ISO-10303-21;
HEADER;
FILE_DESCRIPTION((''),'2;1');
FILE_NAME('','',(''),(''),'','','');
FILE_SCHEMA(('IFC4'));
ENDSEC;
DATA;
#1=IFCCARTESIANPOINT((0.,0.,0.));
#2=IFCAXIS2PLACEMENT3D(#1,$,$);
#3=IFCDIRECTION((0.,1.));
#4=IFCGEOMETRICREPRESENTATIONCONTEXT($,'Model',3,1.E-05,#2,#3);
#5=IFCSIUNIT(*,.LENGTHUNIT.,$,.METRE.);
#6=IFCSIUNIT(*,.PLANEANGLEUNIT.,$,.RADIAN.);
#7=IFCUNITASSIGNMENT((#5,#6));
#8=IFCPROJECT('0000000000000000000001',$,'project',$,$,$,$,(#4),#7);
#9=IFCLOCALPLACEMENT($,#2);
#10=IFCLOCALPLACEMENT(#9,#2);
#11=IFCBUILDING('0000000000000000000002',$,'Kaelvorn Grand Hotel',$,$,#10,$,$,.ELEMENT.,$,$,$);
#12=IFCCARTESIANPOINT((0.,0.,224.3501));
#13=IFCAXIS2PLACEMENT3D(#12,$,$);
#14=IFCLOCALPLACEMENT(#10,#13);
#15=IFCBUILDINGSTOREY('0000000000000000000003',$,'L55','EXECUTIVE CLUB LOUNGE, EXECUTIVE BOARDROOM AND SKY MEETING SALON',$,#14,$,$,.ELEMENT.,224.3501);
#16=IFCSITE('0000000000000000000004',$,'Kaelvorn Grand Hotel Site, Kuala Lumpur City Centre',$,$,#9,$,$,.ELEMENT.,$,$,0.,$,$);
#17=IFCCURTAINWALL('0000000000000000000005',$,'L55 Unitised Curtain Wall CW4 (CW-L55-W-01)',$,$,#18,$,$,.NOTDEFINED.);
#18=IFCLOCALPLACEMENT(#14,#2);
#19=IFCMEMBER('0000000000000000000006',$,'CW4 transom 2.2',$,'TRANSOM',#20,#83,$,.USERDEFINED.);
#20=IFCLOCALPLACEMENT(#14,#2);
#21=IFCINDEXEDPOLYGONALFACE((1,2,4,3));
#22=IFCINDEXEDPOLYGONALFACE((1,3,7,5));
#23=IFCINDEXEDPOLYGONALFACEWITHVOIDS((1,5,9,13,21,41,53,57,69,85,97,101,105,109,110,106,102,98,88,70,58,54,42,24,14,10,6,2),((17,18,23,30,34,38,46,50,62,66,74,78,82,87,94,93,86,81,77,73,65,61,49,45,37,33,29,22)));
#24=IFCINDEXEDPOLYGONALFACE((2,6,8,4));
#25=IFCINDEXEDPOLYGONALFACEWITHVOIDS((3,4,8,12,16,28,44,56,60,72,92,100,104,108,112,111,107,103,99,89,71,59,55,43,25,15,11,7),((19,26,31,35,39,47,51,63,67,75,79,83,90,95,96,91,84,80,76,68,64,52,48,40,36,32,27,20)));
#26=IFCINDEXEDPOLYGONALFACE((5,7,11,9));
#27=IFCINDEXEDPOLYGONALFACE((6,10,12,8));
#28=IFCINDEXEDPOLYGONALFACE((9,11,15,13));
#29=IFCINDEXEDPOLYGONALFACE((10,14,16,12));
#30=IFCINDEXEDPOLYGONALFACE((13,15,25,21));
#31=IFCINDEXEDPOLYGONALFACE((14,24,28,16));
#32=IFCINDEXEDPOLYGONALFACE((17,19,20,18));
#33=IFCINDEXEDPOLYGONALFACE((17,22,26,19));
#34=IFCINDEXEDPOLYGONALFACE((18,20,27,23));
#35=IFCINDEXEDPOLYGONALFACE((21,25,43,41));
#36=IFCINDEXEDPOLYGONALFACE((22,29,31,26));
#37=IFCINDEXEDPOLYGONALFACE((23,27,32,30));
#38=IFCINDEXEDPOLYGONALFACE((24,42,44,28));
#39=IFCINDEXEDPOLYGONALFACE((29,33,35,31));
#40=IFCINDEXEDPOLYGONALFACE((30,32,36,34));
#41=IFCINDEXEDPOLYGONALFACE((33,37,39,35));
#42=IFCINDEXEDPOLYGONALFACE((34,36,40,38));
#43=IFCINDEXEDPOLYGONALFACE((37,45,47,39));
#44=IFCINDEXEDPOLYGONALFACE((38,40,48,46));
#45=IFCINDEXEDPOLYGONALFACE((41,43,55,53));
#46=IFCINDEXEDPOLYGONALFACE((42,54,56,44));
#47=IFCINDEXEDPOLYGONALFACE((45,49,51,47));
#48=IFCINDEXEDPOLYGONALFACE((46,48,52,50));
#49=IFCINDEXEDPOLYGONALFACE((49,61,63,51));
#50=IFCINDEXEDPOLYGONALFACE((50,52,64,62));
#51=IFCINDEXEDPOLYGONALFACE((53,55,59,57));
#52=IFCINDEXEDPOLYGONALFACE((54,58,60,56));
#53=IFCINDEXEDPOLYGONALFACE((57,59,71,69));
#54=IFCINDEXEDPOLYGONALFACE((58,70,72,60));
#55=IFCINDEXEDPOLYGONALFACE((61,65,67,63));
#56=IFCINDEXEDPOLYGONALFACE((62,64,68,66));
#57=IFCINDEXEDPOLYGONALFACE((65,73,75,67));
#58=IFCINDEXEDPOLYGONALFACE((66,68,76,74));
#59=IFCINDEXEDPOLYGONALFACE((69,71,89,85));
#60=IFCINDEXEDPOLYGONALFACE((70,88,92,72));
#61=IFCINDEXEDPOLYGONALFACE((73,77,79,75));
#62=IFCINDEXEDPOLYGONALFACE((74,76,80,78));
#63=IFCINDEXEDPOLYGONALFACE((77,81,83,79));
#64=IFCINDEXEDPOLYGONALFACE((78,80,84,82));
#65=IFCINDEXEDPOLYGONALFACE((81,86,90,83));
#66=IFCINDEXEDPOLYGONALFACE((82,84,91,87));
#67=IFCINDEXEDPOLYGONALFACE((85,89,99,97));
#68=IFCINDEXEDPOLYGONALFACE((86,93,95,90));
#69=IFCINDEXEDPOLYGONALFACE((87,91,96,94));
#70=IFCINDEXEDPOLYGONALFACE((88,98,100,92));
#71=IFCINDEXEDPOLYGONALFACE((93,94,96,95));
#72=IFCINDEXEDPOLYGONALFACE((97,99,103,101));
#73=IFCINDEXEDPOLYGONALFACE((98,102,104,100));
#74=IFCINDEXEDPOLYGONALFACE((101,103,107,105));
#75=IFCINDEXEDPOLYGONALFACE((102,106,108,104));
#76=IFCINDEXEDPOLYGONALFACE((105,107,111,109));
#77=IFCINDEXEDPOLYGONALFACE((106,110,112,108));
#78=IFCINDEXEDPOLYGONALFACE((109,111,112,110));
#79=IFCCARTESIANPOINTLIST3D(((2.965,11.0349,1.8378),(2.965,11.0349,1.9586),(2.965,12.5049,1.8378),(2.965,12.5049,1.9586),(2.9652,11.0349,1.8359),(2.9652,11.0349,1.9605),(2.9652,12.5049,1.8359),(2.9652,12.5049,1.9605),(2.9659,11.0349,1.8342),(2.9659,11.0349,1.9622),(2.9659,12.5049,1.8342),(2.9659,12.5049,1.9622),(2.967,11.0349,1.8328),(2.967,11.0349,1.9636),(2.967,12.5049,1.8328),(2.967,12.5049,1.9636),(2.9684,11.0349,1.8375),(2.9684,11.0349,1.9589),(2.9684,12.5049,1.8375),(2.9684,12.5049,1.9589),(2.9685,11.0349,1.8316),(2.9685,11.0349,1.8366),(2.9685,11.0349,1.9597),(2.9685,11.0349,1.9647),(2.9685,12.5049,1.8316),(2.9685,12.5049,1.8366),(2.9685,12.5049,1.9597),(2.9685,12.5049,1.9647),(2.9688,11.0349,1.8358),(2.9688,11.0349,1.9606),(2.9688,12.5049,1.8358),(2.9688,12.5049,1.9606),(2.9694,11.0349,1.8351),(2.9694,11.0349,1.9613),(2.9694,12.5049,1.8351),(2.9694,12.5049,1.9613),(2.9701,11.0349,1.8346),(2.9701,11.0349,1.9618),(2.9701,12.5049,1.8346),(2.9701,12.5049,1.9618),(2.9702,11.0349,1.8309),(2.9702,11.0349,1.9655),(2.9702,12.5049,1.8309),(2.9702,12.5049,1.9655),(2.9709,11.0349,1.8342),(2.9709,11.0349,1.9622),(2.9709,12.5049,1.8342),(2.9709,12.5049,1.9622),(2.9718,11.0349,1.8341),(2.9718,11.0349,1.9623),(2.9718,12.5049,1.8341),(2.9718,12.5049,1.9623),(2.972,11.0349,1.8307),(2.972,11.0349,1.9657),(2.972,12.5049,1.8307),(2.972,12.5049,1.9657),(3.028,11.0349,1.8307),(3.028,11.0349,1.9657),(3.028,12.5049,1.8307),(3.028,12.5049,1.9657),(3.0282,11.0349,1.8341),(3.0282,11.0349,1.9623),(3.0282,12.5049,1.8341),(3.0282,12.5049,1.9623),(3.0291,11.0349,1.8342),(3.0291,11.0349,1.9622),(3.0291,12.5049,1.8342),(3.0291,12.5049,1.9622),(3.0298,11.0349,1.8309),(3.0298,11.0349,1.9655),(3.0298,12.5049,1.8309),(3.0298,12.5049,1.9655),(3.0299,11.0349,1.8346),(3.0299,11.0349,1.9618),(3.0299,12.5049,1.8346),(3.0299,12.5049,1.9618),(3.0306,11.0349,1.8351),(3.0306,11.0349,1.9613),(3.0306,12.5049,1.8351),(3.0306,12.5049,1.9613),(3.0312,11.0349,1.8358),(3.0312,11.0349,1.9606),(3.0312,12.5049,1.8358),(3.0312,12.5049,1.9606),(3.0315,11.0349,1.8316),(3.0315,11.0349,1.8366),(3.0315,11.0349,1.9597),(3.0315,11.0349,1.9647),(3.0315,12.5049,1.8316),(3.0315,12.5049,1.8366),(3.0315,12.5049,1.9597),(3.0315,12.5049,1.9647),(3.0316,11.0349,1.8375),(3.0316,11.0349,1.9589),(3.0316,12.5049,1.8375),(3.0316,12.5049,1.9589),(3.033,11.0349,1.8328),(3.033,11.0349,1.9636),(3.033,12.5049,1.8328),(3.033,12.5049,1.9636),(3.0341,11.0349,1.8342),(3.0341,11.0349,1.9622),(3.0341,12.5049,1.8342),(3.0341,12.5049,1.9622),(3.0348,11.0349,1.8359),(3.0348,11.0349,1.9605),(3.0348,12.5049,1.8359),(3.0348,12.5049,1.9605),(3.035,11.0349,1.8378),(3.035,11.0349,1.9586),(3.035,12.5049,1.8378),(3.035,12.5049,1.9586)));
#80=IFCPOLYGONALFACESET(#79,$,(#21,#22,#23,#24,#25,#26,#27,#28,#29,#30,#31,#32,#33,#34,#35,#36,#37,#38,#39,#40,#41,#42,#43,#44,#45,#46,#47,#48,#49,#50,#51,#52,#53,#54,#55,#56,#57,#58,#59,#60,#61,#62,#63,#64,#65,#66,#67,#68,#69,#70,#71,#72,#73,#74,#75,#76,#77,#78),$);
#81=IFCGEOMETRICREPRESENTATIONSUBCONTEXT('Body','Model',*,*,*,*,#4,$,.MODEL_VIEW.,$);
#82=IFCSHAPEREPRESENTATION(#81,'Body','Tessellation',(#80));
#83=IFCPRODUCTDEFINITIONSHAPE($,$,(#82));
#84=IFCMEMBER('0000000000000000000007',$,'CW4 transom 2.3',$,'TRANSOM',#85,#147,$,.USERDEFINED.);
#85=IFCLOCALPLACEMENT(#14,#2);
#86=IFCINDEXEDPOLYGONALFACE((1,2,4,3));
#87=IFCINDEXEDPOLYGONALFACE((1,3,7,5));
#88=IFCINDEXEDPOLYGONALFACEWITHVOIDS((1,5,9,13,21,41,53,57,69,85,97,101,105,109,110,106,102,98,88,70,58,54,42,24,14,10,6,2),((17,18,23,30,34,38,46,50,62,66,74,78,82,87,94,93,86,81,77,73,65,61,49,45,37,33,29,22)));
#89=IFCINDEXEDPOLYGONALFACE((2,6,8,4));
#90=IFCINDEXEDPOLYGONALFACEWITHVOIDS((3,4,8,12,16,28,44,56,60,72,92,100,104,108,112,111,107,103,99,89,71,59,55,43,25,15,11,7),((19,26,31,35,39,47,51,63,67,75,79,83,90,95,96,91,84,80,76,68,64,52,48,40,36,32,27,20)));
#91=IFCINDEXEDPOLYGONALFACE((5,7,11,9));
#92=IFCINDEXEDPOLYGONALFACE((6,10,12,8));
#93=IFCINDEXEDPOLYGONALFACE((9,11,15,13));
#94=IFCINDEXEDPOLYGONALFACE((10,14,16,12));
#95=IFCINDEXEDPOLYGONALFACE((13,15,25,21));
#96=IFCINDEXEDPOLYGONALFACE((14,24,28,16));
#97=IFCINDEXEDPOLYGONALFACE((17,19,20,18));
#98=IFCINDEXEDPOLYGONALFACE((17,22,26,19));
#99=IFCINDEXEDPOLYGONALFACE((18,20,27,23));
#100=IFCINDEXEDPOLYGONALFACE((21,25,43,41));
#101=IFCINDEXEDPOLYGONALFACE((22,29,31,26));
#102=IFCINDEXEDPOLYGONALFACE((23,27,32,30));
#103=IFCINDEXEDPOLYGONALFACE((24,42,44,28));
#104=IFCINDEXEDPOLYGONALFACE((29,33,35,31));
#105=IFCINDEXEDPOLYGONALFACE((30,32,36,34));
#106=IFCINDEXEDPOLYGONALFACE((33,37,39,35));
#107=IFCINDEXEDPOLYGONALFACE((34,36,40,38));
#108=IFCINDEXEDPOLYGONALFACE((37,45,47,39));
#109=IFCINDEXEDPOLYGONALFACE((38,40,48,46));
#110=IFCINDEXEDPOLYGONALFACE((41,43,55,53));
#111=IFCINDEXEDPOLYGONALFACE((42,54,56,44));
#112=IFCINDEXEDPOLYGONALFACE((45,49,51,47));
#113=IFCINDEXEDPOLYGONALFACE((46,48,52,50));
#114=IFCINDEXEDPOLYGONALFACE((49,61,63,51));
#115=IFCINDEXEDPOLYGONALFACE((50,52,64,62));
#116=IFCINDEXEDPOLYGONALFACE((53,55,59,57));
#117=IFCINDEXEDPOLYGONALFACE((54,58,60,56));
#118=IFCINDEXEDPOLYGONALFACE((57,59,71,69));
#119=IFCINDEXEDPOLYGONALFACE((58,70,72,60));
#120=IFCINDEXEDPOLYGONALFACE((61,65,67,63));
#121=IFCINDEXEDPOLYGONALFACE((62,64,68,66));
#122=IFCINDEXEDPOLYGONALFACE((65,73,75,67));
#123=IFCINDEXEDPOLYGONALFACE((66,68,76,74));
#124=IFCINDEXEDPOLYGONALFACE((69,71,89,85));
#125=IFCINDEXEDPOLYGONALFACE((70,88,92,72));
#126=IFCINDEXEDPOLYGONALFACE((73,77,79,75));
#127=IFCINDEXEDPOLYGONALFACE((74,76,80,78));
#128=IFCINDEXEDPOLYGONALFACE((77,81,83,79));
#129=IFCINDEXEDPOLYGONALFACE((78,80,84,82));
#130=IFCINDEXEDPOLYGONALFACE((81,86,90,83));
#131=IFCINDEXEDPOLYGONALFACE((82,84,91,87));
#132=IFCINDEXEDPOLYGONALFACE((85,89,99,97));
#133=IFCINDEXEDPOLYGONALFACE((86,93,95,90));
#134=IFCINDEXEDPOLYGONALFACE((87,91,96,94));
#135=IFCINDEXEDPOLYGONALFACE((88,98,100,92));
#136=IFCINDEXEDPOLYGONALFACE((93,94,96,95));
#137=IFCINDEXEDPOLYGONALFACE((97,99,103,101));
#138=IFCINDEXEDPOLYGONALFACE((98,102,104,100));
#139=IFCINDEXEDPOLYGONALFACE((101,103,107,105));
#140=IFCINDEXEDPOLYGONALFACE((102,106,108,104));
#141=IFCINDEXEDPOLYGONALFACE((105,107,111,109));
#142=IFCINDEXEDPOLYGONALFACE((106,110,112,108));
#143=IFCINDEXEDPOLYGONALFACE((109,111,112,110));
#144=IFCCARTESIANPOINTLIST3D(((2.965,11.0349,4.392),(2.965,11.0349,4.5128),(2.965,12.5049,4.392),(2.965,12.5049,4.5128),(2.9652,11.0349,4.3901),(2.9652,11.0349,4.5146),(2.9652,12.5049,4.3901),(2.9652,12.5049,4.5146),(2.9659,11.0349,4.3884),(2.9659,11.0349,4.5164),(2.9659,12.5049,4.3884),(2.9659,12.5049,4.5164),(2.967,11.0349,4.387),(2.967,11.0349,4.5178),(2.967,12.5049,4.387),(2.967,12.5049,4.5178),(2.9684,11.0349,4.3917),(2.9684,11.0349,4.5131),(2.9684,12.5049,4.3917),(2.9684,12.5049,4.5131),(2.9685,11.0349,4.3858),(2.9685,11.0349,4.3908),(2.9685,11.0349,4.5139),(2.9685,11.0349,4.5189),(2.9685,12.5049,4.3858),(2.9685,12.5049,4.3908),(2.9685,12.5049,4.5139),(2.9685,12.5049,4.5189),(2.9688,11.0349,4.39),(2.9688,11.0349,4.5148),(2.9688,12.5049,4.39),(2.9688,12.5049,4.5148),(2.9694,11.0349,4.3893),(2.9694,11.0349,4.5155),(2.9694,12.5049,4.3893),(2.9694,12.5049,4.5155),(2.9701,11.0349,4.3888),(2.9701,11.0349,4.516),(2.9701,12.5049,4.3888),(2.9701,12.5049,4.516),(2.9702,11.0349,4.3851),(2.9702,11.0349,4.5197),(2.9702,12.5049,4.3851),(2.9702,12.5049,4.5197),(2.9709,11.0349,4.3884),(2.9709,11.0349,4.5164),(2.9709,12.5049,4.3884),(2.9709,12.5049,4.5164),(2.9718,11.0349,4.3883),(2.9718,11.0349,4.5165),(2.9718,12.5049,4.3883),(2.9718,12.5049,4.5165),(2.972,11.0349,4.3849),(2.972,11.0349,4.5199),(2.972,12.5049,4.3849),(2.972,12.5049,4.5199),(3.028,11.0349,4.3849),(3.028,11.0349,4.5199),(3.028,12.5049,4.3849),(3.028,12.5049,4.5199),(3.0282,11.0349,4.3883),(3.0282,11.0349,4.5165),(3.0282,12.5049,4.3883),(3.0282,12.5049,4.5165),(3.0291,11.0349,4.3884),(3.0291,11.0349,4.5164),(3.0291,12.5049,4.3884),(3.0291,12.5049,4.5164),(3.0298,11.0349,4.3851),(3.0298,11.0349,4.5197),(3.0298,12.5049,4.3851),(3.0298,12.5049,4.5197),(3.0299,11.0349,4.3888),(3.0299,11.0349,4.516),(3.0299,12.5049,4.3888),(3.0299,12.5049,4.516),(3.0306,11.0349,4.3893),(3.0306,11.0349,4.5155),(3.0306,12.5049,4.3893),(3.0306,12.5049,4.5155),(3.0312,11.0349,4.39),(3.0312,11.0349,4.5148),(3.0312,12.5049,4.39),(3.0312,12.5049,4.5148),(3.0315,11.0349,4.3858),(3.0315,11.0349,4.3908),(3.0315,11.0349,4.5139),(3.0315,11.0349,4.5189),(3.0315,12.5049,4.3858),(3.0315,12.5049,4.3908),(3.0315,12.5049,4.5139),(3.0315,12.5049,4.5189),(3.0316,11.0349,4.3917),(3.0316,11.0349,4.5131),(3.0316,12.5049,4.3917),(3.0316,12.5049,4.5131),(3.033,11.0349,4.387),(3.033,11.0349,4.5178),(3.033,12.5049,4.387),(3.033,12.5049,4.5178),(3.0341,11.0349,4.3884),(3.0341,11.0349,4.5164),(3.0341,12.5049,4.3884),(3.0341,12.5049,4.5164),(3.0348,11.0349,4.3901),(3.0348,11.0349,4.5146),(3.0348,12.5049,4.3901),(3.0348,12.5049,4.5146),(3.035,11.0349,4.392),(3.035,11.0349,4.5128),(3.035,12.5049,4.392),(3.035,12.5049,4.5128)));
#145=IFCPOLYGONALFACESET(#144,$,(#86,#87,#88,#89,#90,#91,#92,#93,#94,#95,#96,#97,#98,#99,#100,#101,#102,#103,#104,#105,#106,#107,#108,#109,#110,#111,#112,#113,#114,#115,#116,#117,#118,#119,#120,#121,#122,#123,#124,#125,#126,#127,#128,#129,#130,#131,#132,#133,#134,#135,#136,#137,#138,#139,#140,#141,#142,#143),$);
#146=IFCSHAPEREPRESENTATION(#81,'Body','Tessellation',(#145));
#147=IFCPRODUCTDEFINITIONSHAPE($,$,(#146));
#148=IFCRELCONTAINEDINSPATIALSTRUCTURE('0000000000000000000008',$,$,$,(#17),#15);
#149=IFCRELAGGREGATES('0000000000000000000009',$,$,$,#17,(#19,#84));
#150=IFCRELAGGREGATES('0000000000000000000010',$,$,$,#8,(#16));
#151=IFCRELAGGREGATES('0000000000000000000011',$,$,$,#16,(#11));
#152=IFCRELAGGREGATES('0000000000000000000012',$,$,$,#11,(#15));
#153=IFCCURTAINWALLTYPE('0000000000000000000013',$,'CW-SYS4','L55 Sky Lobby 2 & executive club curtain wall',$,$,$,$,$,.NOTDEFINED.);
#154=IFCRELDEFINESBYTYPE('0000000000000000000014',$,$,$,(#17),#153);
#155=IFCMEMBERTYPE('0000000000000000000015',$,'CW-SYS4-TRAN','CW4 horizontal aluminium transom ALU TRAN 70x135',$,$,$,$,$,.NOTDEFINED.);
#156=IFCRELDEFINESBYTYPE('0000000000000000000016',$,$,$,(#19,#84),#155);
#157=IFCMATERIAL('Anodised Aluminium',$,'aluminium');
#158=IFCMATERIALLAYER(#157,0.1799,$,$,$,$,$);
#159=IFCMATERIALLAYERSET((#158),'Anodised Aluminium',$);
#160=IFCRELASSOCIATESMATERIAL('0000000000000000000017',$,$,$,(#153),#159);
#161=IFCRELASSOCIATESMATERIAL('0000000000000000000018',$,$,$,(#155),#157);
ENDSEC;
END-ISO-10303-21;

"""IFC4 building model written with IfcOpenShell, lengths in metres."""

from ifc_helpers import new_model, si_unit, direction, frame, origin, origin_2d, place, context, subcontext, project, spatial, hollow_rectangle, extrude, material, layer, layer_set, material_profile, profile_set, type_object, element, aggregate, save


model = new_model("IFC4")

# Units and contexts
model_context = context("Model", 3, precision=1e-05, world=origin(), true_north=direction((0.0, 1.0)))
body_context = subcontext(model_context, "Body", "Model", "MODEL_VIEW")
ifc_project = project(units=[si_unit("LENGTHUNIT", "METRE"), si_unit("PLANEANGLEUNIT", "RADIAN")], contexts=[model_context])

# Site, building, storey
site_placement = place(None, origin())
site = spatial("IfcSite", under=ifc_project, at=site_placement, Name="Kaelvorn Grand Hotel Site, Kuala Lumpur City Centre", CompositionType="ELEMENT", RefElevation=0.0)
building_placement = place(site_placement, origin())
building = spatial("IfcBuilding", under=site, at=building_placement, Name="Kaelvorn Grand Hotel", CompositionType="ELEMENT")
storey_placement = place(building_placement, frame((0.0, 0.0, 224.3501)))
storey = spatial("IfcBuildingStorey", under=building, at=storey_placement, Name="L55", Description="EXECUTIVE CLUB LOUNGE, EXECUTIVE BOARDROOM AND SKY MEETING SALON", CompositionType="ELEMENT", Elevation=224.3501)

# Curtain wall, members
ifc_material_1 = material(Name="Anodised Aluminium", Category="aluminium")
ifc_layer_1 = layer(ifc_material_1, 0.1799)
ifc_layer_set_1 = layer_set([ifc_layer_1], Name="Anodised Aluminium")
curtain_wall_type = type_object("IfcCurtainWallType", Name="CW-SYS4", Description="L55 Sky Lobby 2 & executive club curtain wall", PredefinedType="NOTDEFINED", material=ifc_layer_set_1)
curtain_wall_placement = place(storey_placement, origin())
curtain_wall = element("IfcCurtainWall", 1, at=curtain_wall_placement, inside=storey, type_object=curtain_wall_type, Name="L55 Unitised Curtain Wall CW4 (CW-L55-W-01)", PredefinedType="NOTDEFINED")
ifc_material_profile_1 = material_profile(ifc_material_1, hollow_rectangle(XDim=0.0701, YDim=0.135, WallThickness=0.0034, InnerFilletRadius=0.0034, OuterFilletRadius=0.0071, at=origin_2d()), Name="ALU TRAN 70x135")
ifc_profile_set_1 = profile_set([ifc_material_profile_1], Name="Anodised Aluminium")
member_type_1 = type_object("IfcMemberType", Name="CW-SYS4-TRAN", Description="CW4 horizontal aluminium transom ALU TRAN 70x135", PredefinedType="NOTDEFINED", material=ifc_profile_set_1)
member_1_placement = place(storey_placement, frame((3.0, 12.5049, 1.8982), z_axis=(0.0, -1.0, 0.0), x_axis=(1.0, 0.0, 0.0)))
member_1 = element("IfcMember", 2, at=member_1_placement, type_object=member_type_1, Name="CW4 transom 2.2", ObjectType="TRANSOM", PredefinedType="USERDEFINED", context=body_context, shape_type="SweptSolid", body=[
    extrude(hollow_rectangle(XDim=0.0701, YDim=0.135, WallThickness=0.0034, InnerFilletRadius=0.0034, OuterFilletRadius=0.0071, at=origin_2d()), origin(), (0.0, 0.0, 1.0), 1.47),
])
member_2_placement = place(storey_placement, frame((3.0, 12.5049, 4.4524), z_axis=(0.0, -1.0, 0.0), x_axis=(1.0, 0.0, 0.0)))
member_2 = element("IfcMember", 3, at=member_2_placement, type_object=member_type_1, Name="CW4 transom 2.3", ObjectType="TRANSOM", PredefinedType="USERDEFINED", context=body_context, shape_type="SweptSolid", body=[
    extrude(hollow_rectangle(XDim=0.0701, YDim=0.135, WallThickness=0.0034, InnerFilletRadius=0.0034, OuterFilletRadius=0.0071, at=origin_2d()), origin(), (0.0, 0.0, 1.0), 1.47),
])
aggregate(curtain_wall, [member_1, member_2])

save(model, "model.ifc")
